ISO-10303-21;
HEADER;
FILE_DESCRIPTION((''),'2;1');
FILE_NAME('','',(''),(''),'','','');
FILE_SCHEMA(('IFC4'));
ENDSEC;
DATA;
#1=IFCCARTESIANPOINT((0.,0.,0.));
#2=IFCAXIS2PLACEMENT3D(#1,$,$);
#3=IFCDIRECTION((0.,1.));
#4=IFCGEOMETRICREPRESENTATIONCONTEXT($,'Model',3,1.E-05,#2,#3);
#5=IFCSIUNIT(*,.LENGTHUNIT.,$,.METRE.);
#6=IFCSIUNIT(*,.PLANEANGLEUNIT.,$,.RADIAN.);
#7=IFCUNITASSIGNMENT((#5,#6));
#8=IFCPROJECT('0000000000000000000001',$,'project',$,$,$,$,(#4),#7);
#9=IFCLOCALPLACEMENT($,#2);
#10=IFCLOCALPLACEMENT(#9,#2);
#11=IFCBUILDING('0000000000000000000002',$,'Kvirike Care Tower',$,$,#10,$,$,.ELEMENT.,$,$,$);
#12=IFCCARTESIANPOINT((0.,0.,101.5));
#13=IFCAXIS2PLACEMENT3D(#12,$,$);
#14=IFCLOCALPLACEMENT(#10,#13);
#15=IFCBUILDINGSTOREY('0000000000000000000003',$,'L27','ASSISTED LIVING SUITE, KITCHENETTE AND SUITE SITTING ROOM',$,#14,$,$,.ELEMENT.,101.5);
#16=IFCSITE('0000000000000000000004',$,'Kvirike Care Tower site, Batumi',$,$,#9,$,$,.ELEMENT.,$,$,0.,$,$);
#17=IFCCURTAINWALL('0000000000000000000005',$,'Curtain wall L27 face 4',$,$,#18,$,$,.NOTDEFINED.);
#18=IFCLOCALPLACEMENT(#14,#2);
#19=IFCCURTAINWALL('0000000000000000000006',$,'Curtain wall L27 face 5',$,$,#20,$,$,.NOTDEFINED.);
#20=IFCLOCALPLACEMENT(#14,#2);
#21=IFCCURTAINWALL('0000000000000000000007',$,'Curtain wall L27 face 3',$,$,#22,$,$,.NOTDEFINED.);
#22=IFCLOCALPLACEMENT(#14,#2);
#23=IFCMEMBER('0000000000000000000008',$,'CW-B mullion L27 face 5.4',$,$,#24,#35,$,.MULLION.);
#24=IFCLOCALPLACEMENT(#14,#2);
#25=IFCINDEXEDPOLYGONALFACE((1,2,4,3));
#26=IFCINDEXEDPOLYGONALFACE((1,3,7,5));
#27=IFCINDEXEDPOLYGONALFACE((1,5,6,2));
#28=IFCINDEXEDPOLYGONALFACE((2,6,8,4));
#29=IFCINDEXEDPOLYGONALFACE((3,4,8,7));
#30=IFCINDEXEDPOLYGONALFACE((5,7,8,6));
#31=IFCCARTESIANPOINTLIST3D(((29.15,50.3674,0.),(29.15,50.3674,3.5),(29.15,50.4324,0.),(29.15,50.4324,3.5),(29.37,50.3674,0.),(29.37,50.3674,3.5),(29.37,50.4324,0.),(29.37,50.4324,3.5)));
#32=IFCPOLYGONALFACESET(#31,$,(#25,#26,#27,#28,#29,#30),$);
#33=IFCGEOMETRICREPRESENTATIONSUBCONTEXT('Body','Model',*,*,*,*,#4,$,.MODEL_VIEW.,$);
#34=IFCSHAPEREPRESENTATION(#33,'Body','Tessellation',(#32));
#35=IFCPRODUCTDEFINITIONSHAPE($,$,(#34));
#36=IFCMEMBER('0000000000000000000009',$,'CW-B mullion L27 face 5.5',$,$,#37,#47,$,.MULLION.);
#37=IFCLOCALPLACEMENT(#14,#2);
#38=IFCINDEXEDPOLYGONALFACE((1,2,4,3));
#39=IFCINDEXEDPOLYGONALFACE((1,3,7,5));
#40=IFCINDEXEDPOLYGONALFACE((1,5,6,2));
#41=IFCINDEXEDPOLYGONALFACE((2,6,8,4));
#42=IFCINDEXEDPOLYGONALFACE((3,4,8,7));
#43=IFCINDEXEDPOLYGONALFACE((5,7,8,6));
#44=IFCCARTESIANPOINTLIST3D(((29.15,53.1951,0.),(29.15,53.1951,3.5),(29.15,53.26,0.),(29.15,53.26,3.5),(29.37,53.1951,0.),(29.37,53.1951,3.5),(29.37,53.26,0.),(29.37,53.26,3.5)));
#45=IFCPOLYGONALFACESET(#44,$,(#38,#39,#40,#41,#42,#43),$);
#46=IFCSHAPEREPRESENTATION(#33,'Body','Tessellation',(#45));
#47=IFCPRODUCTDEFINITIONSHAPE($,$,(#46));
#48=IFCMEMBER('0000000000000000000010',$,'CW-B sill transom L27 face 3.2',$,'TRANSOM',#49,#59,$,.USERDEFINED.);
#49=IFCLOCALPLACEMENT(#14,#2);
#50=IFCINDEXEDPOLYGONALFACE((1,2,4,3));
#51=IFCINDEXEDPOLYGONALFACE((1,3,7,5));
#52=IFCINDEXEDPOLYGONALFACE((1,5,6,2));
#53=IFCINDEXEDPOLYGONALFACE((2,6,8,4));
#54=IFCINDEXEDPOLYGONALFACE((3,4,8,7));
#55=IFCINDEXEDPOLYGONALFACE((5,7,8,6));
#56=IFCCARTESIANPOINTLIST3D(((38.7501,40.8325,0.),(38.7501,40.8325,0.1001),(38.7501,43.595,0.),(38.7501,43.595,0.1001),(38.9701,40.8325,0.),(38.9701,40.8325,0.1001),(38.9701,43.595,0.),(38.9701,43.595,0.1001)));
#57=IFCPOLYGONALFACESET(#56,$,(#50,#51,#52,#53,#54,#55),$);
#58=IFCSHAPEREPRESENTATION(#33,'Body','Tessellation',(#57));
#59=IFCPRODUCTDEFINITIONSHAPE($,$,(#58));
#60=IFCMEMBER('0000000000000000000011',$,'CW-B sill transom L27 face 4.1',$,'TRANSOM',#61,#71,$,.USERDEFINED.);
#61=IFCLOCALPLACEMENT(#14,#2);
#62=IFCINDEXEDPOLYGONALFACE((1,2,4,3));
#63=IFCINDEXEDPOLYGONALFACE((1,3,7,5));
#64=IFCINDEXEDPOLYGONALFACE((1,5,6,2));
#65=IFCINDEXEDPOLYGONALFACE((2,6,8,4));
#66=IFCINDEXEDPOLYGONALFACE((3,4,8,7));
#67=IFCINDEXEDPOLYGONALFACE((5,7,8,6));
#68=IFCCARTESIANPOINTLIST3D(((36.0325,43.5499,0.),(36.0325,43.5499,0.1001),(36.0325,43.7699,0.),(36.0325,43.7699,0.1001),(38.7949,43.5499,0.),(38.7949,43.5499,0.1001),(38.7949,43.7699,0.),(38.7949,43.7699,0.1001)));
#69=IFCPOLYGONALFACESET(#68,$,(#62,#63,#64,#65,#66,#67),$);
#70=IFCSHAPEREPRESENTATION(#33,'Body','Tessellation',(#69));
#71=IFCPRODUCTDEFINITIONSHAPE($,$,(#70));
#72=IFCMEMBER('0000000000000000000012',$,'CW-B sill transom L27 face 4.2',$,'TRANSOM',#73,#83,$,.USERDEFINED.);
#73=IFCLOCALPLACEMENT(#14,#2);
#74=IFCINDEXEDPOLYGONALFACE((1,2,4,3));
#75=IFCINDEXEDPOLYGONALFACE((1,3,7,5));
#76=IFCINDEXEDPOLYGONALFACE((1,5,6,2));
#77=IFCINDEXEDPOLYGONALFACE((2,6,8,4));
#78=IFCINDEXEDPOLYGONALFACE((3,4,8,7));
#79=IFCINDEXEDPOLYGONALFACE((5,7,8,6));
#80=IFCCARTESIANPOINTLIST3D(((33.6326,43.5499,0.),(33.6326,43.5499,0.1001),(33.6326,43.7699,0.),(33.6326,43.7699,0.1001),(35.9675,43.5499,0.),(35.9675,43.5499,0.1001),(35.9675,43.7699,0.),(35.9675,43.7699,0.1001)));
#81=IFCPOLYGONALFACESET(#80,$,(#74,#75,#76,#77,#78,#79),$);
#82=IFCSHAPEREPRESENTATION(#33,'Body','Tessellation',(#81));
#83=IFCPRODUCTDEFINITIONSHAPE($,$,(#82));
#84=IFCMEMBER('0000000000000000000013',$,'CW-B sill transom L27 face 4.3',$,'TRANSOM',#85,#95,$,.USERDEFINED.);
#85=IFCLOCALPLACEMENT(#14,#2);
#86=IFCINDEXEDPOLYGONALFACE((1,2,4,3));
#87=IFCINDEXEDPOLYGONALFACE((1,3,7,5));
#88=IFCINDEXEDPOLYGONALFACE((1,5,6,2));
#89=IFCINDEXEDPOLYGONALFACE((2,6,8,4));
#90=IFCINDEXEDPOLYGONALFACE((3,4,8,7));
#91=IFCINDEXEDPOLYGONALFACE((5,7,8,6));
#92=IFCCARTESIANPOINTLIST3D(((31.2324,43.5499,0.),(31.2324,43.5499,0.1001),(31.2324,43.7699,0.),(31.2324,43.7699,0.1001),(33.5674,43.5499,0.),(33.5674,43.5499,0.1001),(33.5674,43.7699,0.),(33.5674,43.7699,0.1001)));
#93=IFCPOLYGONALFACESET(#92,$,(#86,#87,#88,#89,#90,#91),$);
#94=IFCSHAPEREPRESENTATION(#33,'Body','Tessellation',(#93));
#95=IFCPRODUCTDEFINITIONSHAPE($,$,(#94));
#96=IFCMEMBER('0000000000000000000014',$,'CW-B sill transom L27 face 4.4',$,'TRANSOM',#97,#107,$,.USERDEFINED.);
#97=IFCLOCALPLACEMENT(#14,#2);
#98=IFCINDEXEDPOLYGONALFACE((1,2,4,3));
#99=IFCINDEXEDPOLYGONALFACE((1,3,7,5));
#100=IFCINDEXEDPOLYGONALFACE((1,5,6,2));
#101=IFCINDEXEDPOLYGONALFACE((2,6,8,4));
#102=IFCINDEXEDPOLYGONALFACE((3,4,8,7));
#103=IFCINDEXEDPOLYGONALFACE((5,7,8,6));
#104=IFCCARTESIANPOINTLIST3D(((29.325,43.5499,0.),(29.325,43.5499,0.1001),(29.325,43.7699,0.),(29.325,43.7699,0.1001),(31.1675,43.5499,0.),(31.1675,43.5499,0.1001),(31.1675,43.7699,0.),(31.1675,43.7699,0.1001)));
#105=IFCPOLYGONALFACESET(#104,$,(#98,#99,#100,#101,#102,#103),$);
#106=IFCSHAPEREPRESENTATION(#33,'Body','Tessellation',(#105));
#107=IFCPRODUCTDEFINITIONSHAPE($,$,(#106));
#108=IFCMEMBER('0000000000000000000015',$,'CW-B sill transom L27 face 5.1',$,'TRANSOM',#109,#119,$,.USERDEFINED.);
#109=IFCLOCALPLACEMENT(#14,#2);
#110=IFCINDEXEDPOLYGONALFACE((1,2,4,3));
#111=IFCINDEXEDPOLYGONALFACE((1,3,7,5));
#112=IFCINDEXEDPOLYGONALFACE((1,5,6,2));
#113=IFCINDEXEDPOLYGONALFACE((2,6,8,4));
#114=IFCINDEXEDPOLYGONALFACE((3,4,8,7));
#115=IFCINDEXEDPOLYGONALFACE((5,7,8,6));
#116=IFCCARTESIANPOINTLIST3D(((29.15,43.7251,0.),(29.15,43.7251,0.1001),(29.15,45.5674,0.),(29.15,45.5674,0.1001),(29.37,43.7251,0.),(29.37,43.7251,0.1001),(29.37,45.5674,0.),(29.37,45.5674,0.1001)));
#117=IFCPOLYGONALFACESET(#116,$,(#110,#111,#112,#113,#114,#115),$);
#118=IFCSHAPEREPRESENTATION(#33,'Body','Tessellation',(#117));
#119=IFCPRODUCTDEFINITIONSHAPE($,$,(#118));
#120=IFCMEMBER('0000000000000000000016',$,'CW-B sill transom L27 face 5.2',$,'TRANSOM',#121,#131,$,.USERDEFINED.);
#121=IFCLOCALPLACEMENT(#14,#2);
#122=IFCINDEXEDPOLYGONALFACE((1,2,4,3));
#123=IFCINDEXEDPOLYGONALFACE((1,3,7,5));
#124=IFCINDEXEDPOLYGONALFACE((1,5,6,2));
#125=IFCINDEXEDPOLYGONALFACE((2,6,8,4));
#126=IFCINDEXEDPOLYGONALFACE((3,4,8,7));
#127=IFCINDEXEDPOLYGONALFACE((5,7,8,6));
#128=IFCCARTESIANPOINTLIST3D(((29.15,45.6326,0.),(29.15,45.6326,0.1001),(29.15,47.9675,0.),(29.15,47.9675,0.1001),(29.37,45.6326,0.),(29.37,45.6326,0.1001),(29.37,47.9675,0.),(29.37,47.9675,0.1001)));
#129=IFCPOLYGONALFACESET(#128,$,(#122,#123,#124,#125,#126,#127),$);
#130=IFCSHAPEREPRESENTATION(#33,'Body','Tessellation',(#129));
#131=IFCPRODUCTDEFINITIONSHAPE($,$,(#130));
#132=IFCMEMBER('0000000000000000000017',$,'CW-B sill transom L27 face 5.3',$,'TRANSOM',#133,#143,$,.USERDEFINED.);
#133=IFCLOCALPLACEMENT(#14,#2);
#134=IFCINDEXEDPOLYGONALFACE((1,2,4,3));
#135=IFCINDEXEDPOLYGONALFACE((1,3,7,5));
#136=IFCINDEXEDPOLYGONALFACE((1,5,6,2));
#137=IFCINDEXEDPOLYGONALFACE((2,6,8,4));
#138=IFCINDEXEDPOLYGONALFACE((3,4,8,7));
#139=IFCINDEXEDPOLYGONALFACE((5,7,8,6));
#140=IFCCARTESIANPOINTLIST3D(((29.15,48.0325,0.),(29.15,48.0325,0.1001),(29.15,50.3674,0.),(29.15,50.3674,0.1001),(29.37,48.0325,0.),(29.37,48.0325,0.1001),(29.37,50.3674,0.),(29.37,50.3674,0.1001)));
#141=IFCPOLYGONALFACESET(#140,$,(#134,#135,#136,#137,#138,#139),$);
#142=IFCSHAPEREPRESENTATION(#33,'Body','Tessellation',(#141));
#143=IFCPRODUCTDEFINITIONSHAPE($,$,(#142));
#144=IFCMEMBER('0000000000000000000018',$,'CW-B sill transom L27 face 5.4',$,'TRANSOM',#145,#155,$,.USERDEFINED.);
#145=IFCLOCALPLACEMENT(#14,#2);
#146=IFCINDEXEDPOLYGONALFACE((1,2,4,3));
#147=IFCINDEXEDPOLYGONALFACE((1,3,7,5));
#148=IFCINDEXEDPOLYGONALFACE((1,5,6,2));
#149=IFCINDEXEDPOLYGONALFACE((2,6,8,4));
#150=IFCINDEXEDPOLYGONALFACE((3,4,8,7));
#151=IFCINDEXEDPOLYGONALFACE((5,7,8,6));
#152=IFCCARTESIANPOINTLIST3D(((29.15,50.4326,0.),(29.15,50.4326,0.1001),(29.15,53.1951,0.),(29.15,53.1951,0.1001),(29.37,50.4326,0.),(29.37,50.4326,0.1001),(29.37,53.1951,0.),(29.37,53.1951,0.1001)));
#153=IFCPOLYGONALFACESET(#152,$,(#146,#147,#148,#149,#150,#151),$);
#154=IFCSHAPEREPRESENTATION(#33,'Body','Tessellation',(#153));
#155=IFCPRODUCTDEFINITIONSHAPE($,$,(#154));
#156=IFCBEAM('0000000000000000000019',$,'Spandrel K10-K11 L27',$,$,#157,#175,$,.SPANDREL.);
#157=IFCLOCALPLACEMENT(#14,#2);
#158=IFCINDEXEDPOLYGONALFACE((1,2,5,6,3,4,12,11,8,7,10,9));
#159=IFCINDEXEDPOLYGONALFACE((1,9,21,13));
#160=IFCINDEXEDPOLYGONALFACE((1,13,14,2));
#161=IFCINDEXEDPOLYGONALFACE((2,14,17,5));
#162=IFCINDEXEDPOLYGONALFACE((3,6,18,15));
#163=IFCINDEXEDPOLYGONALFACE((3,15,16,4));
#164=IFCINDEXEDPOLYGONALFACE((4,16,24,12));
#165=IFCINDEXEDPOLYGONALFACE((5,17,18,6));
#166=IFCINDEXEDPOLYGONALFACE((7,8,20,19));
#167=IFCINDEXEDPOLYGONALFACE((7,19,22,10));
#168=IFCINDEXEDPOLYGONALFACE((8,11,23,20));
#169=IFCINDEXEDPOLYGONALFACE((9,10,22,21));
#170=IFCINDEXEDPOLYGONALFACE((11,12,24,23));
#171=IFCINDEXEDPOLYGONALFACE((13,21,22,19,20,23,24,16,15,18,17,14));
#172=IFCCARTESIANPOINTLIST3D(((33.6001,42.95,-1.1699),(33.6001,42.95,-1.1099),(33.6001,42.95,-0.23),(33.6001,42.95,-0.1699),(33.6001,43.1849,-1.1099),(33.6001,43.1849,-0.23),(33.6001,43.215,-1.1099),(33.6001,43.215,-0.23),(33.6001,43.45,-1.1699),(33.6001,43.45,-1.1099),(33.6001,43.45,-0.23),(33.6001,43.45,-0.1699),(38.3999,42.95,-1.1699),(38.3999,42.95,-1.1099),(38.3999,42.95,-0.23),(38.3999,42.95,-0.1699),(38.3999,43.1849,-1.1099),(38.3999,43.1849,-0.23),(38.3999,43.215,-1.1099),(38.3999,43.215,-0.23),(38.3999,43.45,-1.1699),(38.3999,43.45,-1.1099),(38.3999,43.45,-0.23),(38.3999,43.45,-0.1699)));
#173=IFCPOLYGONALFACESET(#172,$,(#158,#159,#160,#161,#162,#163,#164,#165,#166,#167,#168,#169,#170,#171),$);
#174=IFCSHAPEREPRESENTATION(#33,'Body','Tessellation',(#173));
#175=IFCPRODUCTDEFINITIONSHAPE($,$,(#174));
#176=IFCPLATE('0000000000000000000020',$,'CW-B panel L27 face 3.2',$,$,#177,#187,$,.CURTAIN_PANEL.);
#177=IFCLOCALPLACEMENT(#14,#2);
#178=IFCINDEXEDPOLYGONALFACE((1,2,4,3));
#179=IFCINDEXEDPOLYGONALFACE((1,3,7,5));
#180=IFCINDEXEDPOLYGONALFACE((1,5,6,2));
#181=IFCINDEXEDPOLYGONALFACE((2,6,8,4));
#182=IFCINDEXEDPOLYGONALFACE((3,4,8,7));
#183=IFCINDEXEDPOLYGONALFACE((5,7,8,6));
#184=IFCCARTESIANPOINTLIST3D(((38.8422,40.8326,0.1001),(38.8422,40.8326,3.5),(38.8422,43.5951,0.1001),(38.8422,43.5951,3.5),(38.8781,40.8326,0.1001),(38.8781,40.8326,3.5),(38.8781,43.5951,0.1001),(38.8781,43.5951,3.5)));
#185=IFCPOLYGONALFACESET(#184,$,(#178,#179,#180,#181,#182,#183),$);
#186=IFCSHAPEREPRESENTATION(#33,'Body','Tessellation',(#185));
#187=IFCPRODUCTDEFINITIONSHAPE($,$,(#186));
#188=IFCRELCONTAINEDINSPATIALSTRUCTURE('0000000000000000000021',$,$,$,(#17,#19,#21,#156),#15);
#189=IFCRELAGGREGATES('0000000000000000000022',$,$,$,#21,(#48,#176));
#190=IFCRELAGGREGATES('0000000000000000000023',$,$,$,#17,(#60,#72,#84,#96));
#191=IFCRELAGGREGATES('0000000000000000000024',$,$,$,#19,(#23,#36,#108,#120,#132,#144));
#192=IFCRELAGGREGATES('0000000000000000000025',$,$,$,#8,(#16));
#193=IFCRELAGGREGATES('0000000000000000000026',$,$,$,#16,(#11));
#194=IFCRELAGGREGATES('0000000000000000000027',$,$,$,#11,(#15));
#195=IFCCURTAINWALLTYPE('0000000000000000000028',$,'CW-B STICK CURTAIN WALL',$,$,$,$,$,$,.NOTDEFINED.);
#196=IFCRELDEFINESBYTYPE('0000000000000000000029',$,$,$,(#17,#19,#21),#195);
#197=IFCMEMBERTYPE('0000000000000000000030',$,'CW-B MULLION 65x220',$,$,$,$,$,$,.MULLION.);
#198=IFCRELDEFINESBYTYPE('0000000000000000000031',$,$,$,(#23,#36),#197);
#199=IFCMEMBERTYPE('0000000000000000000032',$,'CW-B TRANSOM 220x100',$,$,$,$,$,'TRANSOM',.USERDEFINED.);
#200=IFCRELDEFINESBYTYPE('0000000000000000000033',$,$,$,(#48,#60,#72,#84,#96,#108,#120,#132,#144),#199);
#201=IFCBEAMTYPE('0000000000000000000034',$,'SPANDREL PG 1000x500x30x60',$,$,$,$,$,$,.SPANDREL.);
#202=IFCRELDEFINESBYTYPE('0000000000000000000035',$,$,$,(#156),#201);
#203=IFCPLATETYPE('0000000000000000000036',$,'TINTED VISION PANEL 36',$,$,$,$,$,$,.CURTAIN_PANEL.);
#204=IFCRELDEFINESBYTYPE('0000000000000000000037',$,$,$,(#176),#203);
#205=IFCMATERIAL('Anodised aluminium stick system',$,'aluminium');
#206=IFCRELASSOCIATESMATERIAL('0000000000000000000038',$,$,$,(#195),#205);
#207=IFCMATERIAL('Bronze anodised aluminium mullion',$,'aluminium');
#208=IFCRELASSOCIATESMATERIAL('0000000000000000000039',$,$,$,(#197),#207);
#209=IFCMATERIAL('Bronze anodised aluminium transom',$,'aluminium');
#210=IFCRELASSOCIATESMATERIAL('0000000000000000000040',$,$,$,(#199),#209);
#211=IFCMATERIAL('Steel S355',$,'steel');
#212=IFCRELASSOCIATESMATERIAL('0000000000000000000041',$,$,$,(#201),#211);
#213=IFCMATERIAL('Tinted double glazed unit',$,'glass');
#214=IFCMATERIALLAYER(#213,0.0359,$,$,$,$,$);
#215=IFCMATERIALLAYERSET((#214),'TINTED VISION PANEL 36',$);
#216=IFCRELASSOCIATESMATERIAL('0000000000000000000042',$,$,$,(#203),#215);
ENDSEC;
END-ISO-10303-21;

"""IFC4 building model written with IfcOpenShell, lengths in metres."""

from ifc_helpers import new_model, si_unit, direction, frame, origin, origin_2d, place, context, subcontext, project, spatial, rectangle, i_section, extrude, material, layer, layer_set, material_profile, profile_set, type_object, element, aggregate, save


model = new_model("IFC4")

# Units and contexts
model_context = context("Model", 3, precision=1e-05, world=origin(), true_north=direction((0.0, 1.0)))
body_context = subcontext(model_context, "Body", "Model", "MODEL_VIEW")
ifc_project = project(units=[si_unit("LENGTHUNIT", "METRE"), si_unit("PLANEANGLEUNIT", "RADIAN")], contexts=[model_context])

# Site, building, storey
site_placement = place(None, origin())
site = spatial("IfcSite", under=ifc_project, at=site_placement, Name="Kvirike Care Tower site, Batumi", CompositionType="ELEMENT", RefElevation=0.0)
building_placement = place(site_placement, origin())
building = spatial("IfcBuilding", under=site, at=building_placement, Name="Kvirike Care Tower", CompositionType="ELEMENT")
storey_placement = place(building_placement, frame((0.0, 0.0, 101.5)))
storey = spatial("IfcBuildingStorey", under=building, at=storey_placement, Name="L27", Description="ASSISTED LIVING SUITE, KITCHENETTE AND SUITE SITTING ROOM", CompositionType="ELEMENT", Elevation=101.5)

# Curtain walls
ifc_material_1 = material(Name="Anodised aluminium stick system", Category="aluminium")
curtain_wall_type = type_object("IfcCurtainWallType", Name="CW-B STICK CURTAIN WALL", PredefinedType="NOTDEFINED", material=ifc_material_1)
curtain_wall_1_placement = place(storey_placement, origin())
curtain_wall_1 = element("IfcCurtainWall", 1, at=curtain_wall_1_placement, inside=storey, type_object=curtain_wall_type, Name="Curtain wall L27 face 4", PredefinedType="NOTDEFINED")
curtain_wall_2_placement = place(storey_placement, origin())
curtain_wall_2 = element("IfcCurtainWall", 2, at=curtain_wall_2_placement, inside=storey, type_object=curtain_wall_type, Name="Curtain wall L27 face 5", PredefinedType="NOTDEFINED")

# Curtain wall
curtain_wall_3_placement = place(storey_placement, origin())
curtain_wall_3 = element("IfcCurtainWall", 3, at=curtain_wall_3_placement, inside=storey, type_object=curtain_wall_type, Name="Curtain wall L27 face 3", PredefinedType="NOTDEFINED")
ifc_material_2 = material(Name="Bronze anodised aluminium mullion", Category="aluminium")
ifc_material_profile_1 = material_profile(ifc_material_2, rectangle(XDim=0.0649, YDim=0.22, at=origin_2d()), Name="CW-B MULLION 65x220")
ifc_profile_set_1 = profile_set([ifc_material_profile_1], Name="Bronze anodised aluminium mullion")
member_type_1 = type_object("IfcMemberType", Name="CW-B MULLION 65x220", PredefinedType="MULLION", material=ifc_profile_set_1)

# Members
member_1_placement = place(storey_placement, frame((29.26, 50.3999, 0.0), z_axis=(0.0, 0.0, 1.0), x_axis=(0.0, 1.0, 0.0)))
member_1 = element("IfcMember", 4, at=member_1_placement, type_object=member_type_1, Name="CW-B mullion L27 face 5.4", PredefinedType="MULLION", context=body_context, shape_type="SweptSolid", body=[
    extrude(rectangle(XDim=0.0649, YDim=0.22, at=origin_2d()), origin(), (0.0, 0.0, 1.0), 3.5),
])
member_2_placement = place(storey_placement, frame((29.26, 53.2275, 0.0), z_axis=(0.0, 0.0, 1.0), x_axis=(0.0, 1.0, 0.0)))
member_2 = element("IfcMember", 5, at=member_2_placement, type_object=member_type_1, Name="CW-B mullion L27 face 5.5", PredefinedType="MULLION", context=body_context, shape_type="SweptSolid", body=[
    extrude(rectangle(XDim=0.0649, YDim=0.22, at=origin_2d()), origin(), (0.0, 0.0, 1.0), 3.5),
])
ifc_material_3 = material(Name="Bronze anodised aluminium transom", Category="aluminium")
ifc_material_profile_2 = material_profile(ifc_material_3, rectangle(XDim=0.22, YDim=0.1001, at=origin_2d()), Name="CW-B TRANSOM 220x100")
ifc_profile_set_2 = profile_set([ifc_material_profile_2], Name="Bronze anodised aluminium transom")
member_type_2 = type_object("IfcMemberType", Name="CW-B TRANSOM 220x100", ElementType="TRANSOM", PredefinedType="USERDEFINED", material=ifc_profile_set_2)
member_3_placement = place(storey_placement, frame((38.8601, 40.8325, 0.05), z_axis=(0.0, 1.0, 0.0), x_axis=(-1.0, 0.0, 0.0)))
member_3 = element("IfcMember", 6, at=member_3_placement, type_object=member_type_2, Name="CW-B sill transom L27 face 3.2", ObjectType="TRANSOM", PredefinedType="USERDEFINED", context=body_context, shape_type="SweptSolid", body=[
    extrude(rectangle(XDim=0.22, YDim=0.1001, at=origin_2d()), origin(), (0.0, 0.0, 1.0), 2.7625),
])
member_4_placement = place(storey_placement, frame((38.7949, 43.6599, 0.05), z_axis=(-1.0, 0.0, 0.0), x_axis=(0.0, -1.0, 0.0)))
member_4 = element("IfcMember", 7, at=member_4_placement, type_object=member_type_2, Name="CW-B sill transom L27 face 4.1", ObjectType="TRANSOM", PredefinedType="USERDEFINED", context=body_context, shape_type="SweptSolid", body=[
    extrude(rectangle(XDim=0.22, YDim=0.1001, at=origin_2d()), origin(), (0.0, 0.0, 1.0), 2.7625),
])
member_5_placement = place(storey_placement, frame((35.9675, 43.6599, 0.05), z_axis=(-1.0, 0.0, 0.0), x_axis=(0.0, -1.0, 0.0)))
member_5 = element("IfcMember", 8, at=member_5_placement, type_object=member_type_2, Name="CW-B sill transom L27 face 4.2", ObjectType="TRANSOM", PredefinedType="USERDEFINED", context=body_context, shape_type="SweptSolid", body=[
    extrude(rectangle(XDim=0.22, YDim=0.1001, at=origin_2d()), origin(), (0.0, 0.0, 1.0), 2.335),
])
member_6_placement = place(storey_placement, frame((33.5674, 43.6599, 0.05), z_axis=(-1.0, 0.0, 0.0), x_axis=(0.0, -1.0, 0.0)))
member_6 = element("IfcMember", 9, at=member_6_placement, type_object=member_type_2, Name="CW-B sill transom L27 face 4.3", ObjectType="TRANSOM", PredefinedType="USERDEFINED", context=body_context, shape_type="SweptSolid", body=[
    extrude(rectangle(XDim=0.22, YDim=0.1001, at=origin_2d()), origin(), (0.0, 0.0, 1.0), 2.335),
])
member_7_placement = place(storey_placement, frame((31.1675, 43.6599, 0.05), z_axis=(-1.0, 0.0, 0.0), x_axis=(0.0, -1.0, 0.0)))
member_7 = element("IfcMember", 10, at=member_7_placement, type_object=member_type_2, Name="CW-B sill transom L27 face 4.4", ObjectType="TRANSOM", PredefinedType="USERDEFINED", context=body_context, shape_type="SweptSolid", body=[
    extrude(rectangle(XDim=0.22, YDim=0.1001, at=origin_2d()), origin(), (0.0, 0.0, 1.0), 1.8425),
])
member_8_placement = place(storey_placement, frame((29.26, 43.7251, 0.05), z_axis=(0.0, 1.0, 0.0), x_axis=(-1.0, 0.0, 0.0)))
member_8 = element("IfcMember", 11, at=member_8_placement, type_object=member_type_2, Name="CW-B sill transom L27 face 5.1", ObjectType="TRANSOM", PredefinedType="USERDEFINED", context=body_context, shape_type="SweptSolid", body=[
    extrude(rectangle(XDim=0.22, YDim=0.1001, at=origin_2d()), origin(), (0.0, 0.0, 1.0), 1.8423),
])
member_9_placement = place(storey_placement, frame((29.26, 45.6326, 0.05), z_axis=(0.0, 1.0, 0.0), x_axis=(-1.0, 0.0, 0.0)))
member_9 = element("IfcMember", 12, at=member_9_placement, type_object=member_type_2, Name="CW-B sill transom L27 face 5.2", ObjectType="TRANSOM", PredefinedType="USERDEFINED", context=body_context, shape_type="SweptSolid", body=[
    extrude(rectangle(XDim=0.22, YDim=0.1001, at=origin_2d()), origin(), (0.0, 0.0, 1.0), 2.335),
])
member_10_placement = place(storey_placement, frame((29.26, 48.0325, 0.05), z_axis=(0.0, 1.0, 0.0), x_axis=(-1.0, 0.0, 0.0)))
member_10 = element("IfcMember", 13, at=member_10_placement, type_object=member_type_2, Name="CW-B sill transom L27 face 5.3", ObjectType="TRANSOM", PredefinedType="USERDEFINED", context=body_context, shape_type="SweptSolid", body=[
    extrude(rectangle(XDim=0.22, YDim=0.1001, at=origin_2d()), origin(), (0.0, 0.0, 1.0), 2.335),
])
member_11_placement = place(storey_placement, frame((29.26, 50.4326, 0.05), z_axis=(0.0, 1.0, 0.0), x_axis=(-1.0, 0.0, 0.0)))
member_11 = element("IfcMember", 14, at=member_11_placement, type_object=member_type_2, Name="CW-B sill transom L27 face 5.4", ObjectType="TRANSOM", PredefinedType="USERDEFINED", context=body_context, shape_type="SweptSolid", body=[
    extrude(rectangle(XDim=0.22, YDim=0.1001, at=origin_2d()), origin(), (0.0, 0.0, 1.0), 2.7625),
])

# Beam
ifc_material_4 = material(Name="Steel S355", Category="steel")
ifc_material_profile_3 = material_profile(ifc_material_4, i_section(OverallWidth=0.5, OverallDepth=1.0, WebThickness=0.03, FlangeThickness=0.0601, at=origin_2d()), Name="PG 1000x500x30x60")
ifc_profile_set_3 = profile_set([ifc_material_profile_3], Name="Steel S355")
beam_type = type_object("IfcBeamType", Name="SPANDREL PG 1000x500x30x60", PredefinedType="SPANDREL", material=ifc_profile_set_3)
beam_placement = place(storey_placement, frame((33.6001, 43.2, -0.6699), z_axis=(1.0, 0.0, 0.0), x_axis=(0.0, 1.0, 0.0)))
element("IfcBeam", 15, at=beam_placement, inside=storey, type_object=beam_type, Name="Spandrel K10-K11 L27", PredefinedType="SPANDREL", context=body_context, shape_type="SweptSolid", body=[
    extrude(i_section(OverallWidth=0.5, OverallDepth=1.0, WebThickness=0.03, FlangeThickness=0.0601, at=origin_2d()), origin(), (0.0, 0.0, 1.0), 4.7998),
])

# Plate
ifc_material_5 = material(Name="Tinted double glazed unit", Category="glass")
ifc_layer_1 = layer(ifc_material_5, 0.0359)
ifc_layer_set_1 = layer_set([ifc_layer_1], Name="TINTED VISION PANEL 36")
plate_type = type_object("IfcPlateType", Name="TINTED VISION PANEL 36", PredefinedType="CURTAIN_PANEL", material=ifc_layer_set_1)
plate_1_placement = place(storey_placement, frame((38.8601, 42.2139, 0.1001), z_axis=(0.0, 0.0, 1.0), x_axis=(0.0, 1.0, 0.0)))
plate_1 = element("IfcPlate", 16, at=plate_1_placement, type_object=plate_type, Name="CW-B panel L27 face 3.2", PredefinedType="CURTAIN_PANEL", context=body_context, shape_type="SweptSolid", body=[
    extrude(rectangle(XDim=2.7625, YDim=0.0359, at=origin_2d()), origin(), (0.0, 0.0, 1.0), 3.3999),
])
aggregate(curtain_wall_3, [member_3, plate_1])
aggregate(curtain_wall_1, [member_4, member_5, member_6, member_7])
aggregate(curtain_wall_2, [member_1, member_2, member_8, member_9, member_10, member_11])

save(model, "model.ifc")
